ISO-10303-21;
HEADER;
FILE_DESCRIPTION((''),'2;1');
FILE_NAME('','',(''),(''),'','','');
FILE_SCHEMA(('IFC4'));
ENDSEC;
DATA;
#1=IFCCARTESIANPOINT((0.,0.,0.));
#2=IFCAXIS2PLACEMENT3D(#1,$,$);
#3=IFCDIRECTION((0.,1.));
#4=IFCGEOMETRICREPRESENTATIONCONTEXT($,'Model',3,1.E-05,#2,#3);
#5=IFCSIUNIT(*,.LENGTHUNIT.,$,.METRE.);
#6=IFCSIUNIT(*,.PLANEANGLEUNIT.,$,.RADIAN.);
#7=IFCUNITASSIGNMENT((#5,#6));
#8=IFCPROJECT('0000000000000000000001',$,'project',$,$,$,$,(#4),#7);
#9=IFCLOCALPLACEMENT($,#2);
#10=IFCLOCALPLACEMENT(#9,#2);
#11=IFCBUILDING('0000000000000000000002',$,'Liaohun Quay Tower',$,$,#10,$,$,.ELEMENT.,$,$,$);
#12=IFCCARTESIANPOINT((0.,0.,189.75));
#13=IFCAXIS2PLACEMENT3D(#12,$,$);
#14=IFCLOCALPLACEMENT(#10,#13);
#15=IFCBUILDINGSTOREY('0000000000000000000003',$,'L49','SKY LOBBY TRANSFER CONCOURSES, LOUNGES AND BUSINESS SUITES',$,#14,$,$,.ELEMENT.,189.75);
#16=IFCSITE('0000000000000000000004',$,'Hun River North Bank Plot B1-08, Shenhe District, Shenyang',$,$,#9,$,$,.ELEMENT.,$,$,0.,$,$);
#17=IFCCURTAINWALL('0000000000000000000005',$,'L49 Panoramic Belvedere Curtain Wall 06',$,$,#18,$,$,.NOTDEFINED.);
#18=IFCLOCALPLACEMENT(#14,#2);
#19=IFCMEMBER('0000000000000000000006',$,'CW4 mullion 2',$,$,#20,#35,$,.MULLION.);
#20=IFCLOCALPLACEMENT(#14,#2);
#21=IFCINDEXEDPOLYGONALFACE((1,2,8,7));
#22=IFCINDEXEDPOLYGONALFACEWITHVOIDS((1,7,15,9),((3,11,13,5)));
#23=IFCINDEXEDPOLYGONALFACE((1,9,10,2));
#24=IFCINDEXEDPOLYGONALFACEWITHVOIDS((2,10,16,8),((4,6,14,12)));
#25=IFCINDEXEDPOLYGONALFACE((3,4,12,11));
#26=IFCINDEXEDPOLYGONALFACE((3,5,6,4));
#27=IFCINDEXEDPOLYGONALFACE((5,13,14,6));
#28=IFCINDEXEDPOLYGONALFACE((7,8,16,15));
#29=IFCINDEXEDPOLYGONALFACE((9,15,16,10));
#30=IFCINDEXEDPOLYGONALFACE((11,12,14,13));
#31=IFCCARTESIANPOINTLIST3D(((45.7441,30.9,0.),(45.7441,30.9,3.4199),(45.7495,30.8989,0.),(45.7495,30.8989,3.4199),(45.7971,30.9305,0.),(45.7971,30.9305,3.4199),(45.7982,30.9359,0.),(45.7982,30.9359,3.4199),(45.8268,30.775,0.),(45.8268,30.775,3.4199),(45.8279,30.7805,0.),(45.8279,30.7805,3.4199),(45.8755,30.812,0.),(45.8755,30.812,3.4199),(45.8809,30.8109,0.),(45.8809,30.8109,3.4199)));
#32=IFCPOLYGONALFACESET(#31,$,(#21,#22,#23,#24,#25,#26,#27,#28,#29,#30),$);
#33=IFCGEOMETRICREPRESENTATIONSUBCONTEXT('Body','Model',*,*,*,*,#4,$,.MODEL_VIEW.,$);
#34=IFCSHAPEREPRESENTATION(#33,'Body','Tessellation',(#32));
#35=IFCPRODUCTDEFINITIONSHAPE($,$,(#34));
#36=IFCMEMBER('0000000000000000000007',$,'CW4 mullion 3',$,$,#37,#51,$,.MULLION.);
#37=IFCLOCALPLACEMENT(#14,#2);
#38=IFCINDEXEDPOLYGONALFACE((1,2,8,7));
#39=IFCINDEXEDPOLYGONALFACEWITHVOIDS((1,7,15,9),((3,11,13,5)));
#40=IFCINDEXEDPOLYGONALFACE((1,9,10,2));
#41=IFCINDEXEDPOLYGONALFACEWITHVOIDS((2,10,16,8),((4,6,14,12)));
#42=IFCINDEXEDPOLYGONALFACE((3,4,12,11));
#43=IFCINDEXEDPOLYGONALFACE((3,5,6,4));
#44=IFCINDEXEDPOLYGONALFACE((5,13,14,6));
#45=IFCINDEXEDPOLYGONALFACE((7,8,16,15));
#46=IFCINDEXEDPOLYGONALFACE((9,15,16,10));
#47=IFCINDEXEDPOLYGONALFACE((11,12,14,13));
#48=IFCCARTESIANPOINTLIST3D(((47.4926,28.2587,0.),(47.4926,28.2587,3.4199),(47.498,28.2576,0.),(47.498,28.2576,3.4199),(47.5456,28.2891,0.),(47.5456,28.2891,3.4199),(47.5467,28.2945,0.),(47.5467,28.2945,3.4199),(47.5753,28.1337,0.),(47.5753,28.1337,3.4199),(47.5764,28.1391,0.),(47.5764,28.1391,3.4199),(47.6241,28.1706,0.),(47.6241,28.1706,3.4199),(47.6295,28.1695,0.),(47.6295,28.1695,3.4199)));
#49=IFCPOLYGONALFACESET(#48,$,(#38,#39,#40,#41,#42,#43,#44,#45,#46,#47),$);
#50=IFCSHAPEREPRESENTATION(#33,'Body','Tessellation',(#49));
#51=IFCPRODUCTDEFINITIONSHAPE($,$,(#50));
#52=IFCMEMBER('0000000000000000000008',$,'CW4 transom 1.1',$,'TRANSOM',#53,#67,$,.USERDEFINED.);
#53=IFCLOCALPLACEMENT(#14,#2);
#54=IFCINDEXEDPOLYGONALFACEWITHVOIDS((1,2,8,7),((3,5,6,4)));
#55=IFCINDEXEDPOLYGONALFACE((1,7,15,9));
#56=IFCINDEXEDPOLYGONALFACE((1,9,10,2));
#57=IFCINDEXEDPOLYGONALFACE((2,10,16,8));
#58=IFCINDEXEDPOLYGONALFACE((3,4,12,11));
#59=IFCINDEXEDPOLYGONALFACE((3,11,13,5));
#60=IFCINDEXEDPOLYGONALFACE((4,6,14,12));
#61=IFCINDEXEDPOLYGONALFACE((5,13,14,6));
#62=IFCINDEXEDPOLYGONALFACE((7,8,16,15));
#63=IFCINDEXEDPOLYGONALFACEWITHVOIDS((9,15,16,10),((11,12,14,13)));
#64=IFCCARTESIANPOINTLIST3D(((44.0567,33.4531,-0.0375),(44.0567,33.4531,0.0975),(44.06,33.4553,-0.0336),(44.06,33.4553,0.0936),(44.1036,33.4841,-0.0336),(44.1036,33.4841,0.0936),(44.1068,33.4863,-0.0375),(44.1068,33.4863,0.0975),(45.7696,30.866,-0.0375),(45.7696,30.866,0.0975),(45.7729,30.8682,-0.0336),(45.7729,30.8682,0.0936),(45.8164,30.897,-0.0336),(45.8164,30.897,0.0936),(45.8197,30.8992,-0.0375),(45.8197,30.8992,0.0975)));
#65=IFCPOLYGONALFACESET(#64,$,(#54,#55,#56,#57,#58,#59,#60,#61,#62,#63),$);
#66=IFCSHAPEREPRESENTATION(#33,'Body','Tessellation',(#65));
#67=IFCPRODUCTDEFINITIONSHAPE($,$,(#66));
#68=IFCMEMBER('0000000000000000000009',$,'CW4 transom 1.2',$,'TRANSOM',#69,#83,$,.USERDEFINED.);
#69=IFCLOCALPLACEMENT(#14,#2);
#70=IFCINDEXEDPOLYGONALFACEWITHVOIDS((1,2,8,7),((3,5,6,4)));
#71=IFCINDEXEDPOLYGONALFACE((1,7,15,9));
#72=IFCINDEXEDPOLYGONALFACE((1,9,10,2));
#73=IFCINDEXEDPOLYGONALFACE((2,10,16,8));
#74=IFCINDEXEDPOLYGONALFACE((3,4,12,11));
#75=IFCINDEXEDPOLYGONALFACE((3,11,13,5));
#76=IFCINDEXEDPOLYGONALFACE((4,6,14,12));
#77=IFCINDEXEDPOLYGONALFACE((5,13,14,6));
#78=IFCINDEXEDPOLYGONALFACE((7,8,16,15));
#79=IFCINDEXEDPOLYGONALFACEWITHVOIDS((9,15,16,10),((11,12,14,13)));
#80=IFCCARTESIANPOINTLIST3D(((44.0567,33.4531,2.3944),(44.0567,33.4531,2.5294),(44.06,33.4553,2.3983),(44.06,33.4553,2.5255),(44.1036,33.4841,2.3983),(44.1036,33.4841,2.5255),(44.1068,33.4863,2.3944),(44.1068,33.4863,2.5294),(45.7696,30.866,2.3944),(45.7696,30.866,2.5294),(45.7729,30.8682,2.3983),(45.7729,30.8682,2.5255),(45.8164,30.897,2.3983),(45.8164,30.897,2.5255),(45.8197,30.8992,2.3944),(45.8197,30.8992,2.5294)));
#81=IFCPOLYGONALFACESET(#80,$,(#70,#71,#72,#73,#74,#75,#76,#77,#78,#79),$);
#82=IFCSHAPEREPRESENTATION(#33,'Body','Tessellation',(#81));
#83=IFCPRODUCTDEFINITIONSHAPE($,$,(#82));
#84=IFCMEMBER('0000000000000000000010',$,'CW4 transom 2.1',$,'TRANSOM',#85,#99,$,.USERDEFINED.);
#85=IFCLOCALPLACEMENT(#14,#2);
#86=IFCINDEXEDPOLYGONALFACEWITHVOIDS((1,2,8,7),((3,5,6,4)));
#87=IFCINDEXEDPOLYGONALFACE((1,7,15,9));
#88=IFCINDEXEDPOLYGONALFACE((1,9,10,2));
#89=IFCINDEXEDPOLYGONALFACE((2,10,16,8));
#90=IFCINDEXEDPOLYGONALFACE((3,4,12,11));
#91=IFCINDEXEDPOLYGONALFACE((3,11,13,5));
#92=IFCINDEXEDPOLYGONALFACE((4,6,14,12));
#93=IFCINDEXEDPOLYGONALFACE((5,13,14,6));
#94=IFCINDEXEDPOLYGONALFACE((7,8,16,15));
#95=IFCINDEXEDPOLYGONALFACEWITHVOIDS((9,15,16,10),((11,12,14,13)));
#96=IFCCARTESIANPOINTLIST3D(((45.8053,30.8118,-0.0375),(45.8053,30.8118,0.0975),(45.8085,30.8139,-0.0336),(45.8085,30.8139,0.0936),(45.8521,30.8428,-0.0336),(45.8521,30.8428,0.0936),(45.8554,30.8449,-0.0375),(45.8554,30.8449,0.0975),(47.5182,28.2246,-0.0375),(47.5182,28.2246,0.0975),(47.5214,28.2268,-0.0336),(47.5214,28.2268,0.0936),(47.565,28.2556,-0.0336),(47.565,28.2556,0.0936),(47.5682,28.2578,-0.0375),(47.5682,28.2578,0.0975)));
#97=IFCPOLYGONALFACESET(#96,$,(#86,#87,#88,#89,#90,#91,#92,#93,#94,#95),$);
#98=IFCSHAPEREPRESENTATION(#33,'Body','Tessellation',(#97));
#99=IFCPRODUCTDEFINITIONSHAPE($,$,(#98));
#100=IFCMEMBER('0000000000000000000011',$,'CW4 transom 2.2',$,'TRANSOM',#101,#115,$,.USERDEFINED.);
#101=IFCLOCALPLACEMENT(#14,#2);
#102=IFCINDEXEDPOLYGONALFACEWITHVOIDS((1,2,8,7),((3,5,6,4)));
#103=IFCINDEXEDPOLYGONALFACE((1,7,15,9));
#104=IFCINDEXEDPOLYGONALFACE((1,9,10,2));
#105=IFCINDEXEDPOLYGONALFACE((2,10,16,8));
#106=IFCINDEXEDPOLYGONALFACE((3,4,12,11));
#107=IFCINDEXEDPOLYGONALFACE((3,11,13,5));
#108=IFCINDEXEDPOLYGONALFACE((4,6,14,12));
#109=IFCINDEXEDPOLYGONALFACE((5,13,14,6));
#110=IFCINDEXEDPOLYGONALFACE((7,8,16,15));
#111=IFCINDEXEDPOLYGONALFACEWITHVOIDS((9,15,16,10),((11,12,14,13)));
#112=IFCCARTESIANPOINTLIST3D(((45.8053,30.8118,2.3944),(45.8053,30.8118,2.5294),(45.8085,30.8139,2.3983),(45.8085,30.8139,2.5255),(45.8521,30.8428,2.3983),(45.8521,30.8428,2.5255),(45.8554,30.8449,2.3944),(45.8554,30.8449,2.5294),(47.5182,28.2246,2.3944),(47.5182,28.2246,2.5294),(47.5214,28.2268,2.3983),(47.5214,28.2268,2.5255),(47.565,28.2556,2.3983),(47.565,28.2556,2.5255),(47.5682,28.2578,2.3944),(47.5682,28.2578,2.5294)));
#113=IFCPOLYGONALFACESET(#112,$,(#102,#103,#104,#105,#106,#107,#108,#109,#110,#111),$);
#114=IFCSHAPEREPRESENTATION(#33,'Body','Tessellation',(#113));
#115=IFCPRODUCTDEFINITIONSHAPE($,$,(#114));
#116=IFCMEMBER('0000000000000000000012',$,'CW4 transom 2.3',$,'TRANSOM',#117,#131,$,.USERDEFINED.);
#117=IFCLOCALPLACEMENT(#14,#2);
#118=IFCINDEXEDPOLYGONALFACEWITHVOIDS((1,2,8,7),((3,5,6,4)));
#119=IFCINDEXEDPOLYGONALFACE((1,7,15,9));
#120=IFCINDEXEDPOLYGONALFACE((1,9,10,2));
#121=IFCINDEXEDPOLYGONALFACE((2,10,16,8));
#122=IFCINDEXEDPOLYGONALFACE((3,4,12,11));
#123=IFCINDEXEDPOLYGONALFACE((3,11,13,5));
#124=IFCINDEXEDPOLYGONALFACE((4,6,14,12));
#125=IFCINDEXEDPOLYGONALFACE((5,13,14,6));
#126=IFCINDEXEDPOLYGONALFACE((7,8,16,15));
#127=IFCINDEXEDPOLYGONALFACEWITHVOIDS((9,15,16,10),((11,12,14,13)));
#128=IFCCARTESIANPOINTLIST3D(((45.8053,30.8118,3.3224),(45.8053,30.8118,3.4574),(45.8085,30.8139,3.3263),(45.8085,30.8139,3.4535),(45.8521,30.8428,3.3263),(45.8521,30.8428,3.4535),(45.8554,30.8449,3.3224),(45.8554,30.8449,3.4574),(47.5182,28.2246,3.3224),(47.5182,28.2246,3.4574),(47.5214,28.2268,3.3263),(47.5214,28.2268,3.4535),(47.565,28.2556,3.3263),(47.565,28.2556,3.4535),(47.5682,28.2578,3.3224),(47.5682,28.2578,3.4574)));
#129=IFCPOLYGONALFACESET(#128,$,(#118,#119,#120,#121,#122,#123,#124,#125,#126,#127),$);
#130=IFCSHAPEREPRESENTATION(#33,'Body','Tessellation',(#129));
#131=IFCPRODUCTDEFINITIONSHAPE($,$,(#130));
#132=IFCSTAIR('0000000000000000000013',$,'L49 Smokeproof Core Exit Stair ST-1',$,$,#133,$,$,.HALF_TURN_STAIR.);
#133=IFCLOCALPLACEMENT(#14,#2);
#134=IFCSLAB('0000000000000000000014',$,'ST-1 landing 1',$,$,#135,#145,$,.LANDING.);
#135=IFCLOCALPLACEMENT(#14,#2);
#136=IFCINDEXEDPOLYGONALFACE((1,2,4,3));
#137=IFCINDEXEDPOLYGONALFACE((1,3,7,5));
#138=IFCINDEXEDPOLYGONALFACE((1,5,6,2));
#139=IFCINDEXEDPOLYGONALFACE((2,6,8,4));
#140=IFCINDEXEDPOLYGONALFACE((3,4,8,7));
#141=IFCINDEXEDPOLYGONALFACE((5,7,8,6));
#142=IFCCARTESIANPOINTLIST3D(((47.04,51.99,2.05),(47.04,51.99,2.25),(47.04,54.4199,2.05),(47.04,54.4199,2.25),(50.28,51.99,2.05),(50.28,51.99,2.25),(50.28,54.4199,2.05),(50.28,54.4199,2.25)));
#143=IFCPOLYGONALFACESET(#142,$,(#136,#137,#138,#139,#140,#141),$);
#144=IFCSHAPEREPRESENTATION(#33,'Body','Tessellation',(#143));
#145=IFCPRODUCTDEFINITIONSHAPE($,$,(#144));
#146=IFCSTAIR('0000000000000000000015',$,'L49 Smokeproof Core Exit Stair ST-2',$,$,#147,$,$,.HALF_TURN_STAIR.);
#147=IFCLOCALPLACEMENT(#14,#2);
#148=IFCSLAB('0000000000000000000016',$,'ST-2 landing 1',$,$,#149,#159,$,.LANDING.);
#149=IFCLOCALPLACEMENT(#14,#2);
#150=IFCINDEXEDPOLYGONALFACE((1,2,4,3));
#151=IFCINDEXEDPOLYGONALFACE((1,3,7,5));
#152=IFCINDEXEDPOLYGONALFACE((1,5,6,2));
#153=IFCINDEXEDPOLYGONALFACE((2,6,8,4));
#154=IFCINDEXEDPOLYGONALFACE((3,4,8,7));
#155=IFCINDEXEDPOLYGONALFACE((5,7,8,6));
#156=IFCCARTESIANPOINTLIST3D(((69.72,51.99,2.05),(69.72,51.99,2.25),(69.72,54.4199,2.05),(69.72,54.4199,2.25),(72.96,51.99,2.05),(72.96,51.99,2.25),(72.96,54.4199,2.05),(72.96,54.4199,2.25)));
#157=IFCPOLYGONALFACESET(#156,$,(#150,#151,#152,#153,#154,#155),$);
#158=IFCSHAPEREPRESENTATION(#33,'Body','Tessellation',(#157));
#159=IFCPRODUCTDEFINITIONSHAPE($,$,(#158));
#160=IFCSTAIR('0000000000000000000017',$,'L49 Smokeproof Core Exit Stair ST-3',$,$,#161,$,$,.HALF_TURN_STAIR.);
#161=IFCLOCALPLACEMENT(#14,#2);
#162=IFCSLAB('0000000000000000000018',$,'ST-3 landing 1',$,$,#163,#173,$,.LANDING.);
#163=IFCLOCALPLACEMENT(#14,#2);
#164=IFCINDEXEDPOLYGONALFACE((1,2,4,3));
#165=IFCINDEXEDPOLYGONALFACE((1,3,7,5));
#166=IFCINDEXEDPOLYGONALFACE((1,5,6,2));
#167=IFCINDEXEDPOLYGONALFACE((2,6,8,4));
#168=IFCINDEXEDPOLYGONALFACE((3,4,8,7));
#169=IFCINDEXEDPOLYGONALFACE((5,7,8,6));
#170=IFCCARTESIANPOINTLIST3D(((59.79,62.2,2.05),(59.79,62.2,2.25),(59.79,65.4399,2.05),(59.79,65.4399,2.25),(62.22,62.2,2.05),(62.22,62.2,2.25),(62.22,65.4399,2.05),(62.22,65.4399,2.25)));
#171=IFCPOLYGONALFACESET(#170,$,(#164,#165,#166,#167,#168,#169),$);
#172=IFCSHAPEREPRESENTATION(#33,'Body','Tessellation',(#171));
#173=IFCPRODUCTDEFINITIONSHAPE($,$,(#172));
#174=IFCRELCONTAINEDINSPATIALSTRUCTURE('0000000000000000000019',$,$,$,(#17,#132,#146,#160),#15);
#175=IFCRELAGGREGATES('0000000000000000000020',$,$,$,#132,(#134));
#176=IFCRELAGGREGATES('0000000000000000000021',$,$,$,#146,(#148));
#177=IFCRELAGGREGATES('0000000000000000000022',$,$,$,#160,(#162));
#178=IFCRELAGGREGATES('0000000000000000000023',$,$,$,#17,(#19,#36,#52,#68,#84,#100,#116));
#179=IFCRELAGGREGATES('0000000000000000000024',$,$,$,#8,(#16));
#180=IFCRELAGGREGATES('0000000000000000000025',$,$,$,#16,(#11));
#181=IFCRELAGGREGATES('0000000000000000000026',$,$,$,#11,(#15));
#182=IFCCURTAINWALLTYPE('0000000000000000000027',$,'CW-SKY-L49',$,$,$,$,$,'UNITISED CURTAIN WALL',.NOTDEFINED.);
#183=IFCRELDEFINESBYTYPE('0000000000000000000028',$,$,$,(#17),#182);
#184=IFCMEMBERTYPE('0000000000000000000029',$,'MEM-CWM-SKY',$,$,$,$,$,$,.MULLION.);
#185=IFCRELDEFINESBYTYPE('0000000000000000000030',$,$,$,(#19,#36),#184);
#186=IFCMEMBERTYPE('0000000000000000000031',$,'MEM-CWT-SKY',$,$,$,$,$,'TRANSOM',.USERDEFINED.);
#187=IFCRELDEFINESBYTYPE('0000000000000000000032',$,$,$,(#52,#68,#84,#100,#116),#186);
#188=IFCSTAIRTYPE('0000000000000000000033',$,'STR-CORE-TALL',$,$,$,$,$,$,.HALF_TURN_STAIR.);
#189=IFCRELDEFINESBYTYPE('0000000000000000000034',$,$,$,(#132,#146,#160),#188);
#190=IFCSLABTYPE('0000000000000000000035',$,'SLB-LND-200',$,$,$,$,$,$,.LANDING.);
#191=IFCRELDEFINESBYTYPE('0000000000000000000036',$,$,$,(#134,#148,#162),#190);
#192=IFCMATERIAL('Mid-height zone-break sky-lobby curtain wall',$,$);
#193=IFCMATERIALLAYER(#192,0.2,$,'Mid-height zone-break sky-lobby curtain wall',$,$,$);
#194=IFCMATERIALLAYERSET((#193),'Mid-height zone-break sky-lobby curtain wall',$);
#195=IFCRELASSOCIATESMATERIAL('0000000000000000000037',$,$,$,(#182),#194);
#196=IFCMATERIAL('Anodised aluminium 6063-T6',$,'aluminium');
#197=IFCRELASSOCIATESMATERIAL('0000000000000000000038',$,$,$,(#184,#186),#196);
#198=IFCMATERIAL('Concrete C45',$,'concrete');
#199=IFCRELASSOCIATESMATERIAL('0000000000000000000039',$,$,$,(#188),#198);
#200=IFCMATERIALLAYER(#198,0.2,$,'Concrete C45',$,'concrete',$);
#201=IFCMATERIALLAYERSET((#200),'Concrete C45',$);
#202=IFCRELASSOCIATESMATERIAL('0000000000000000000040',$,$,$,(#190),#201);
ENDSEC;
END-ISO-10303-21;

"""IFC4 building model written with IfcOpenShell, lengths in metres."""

from ifc_helpers import new_model, si_unit, direction, frame, origin, origin_2d, place, context, subcontext, project, spatial, polyline, hollow_rectangle, outline, extrude, source, transform, mapped, material, layer, layer_set, material_profile, profile_set, type_object, element, aggregate, save


model = new_model("IFC4")

# Units and contexts
model_context = context("Model", 3, precision=1e-05, world=origin(), true_north=direction((0.0, 1.0)))
body_context = subcontext(model_context, "Body", "Model", "MODEL_VIEW")
ifc_project = project(units=[si_unit("LENGTHUNIT", "METRE"), si_unit("PLANEANGLEUNIT", "RADIAN")], contexts=[model_context])

# Site, building, storey
site_placement = place(None, origin())
site = spatial("IfcSite", under=ifc_project, at=site_placement, Name="Hun River North Bank Plot B1-08, Shenhe District, Shenyang", CompositionType="ELEMENT", RefElevation=0.0)
building_placement = place(site_placement, origin())
building = spatial("IfcBuilding", under=site, at=building_placement, Name="Liaohun Quay Tower", CompositionType="ELEMENT")
storey_placement = place(building_placement, frame((0.0, 0.0, 189.75)))
storey = spatial("IfcBuildingStorey", under=building, at=storey_placement, Name="L49", Description="SKY LOBBY TRANSFER CONCOURSES, LOUNGES AND BUSINESS SUITES", CompositionType="ELEMENT", Elevation=189.75)

# Curtain wall, members
ifc_material_1 = material(Name="Mid-height zone-break sky-lobby curtain wall")
ifc_layer_1 = layer(ifc_material_1, 0.2, Name="Mid-height zone-break sky-lobby curtain wall")
ifc_layer_set_1 = layer_set([ifc_layer_1], Name="Mid-height zone-break sky-lobby curtain wall")
curtain_wall_type = type_object("IfcCurtainWallType", Name="CW-SKY-L49", ElementType="UNITISED CURTAIN WALL", PredefinedType="NOTDEFINED", material=ifc_layer_set_1)
curtain_wall_placement = place(storey_placement, origin())
curtain_wall = element("IfcCurtainWall", 1, at=curtain_wall_placement, inside=storey, type_object=curtain_wall_type, Name="L49 Panoramic Belvedere Curtain Wall 06", PredefinedType="NOTDEFINED")
ifc_material_2 = material(Name="Anodised aluminium 6063-T6", Category="aluminium")
ifc_material_profile_1 = material_profile(ifc_material_2, hollow_rectangle(XDim=0.0649, YDim=0.1499, WallThickness=0.0039, at=origin_2d()), Name="RHS150x65x4")
ifc_profile_set_1 = profile_set([ifc_material_profile_1], Name="Anodised aluminium 6063-T6")
member_type_1 = type_object("IfcMemberType", Name="MEM-CWM-SKY", PredefinedType="MULLION", material=ifc_profile_set_1)
shared_shape_1 = source(origin(), body_context, "Body", "SweptSolid", [
    extrude(hollow_rectangle(XDim=0.0649, YDim=0.1499, WallThickness=0.0039, at=origin_2d()), origin(), (0.0, 0.0, 1.0), 3.4199),
])
member_1_placement = place(storey_placement, frame((45.8125, 30.8555, 0.0), z_axis=(0.0, 0.0, 1.0), x_axis=(0.833849, 0.551993, 0.0)))
member_1 = element("IfcMember", 2, at=member_1_placement, type_object=member_type_1, Name="CW4 mullion 2", PredefinedType="MULLION", context=body_context, shape_type="MappedRepresentation", body=[
    mapped(shared_shape_1, transform((0.0, 0.0, 0.0), x_axis=(1.0, 0.0, 0.0), y_axis=(0.0, 1.0, 0.0), z_axis=(0.0, 0.0, 1.0), scale=1.0)),
])
member_2_placement = place(storey_placement, frame((47.561, 28.2141, 0.0), z_axis=(0.0, 0.0, 1.0), x_axis=(0.833849, 0.551993, 0.0)))
member_2 = element("IfcMember", 3, at=member_2_placement, type_object=member_type_1, Name="CW4 mullion 3", PredefinedType="MULLION", context=body_context, shape_type="MappedRepresentation", body=[
    mapped(shared_shape_1, transform((0.0, 0.0, 0.0), x_axis=(1.0, 0.0, 0.0), y_axis=(0.0, 1.0, 0.0), z_axis=(0.0, 0.0, 1.0), scale=1.0)),
])
ifc_material_profile_2 = material_profile(ifc_material_2, hollow_rectangle(XDim=0.0601, YDim=0.135, WallThickness=0.0039, at=origin_2d()), Name="RHS135x60x4")
ifc_profile_set_2 = profile_set([ifc_material_profile_2], Name="Anodised aluminium 6063-T6")
member_type_2 = type_object("IfcMemberType", Name="MEM-CWT-SKY", ElementType="TRANSOM", PredefinedType="USERDEFINED", material=ifc_profile_set_2)
shared_shape_2 = source(origin(), body_context, "Body", "SweptSolid", [
    extrude(hollow_rectangle(XDim=0.0601, YDim=0.135, WallThickness=0.0039, at=origin_2d()), origin(), (0.0, 0.0, 1.0), 3.1028),
])
member_3_placement = place(storey_placement, frame((44.0818, 33.4697, 0.03), z_axis=(0.552046, -0.833813, 0.0), x_axis=(0.833813, 0.552046, 0.0)))
member_3 = element("IfcMember", 4, at=member_3_placement, type_object=member_type_2, Name="CW4 transom 1.1", ObjectType="TRANSOM", PredefinedType="USERDEFINED", context=body_context, shape_type="MappedRepresentation", body=[
    mapped(shared_shape_2, transform((0.0, 0.0, 0.0), x_axis=(1.0, 0.0, 0.0), y_axis=(0.0, 1.0, 0.0), z_axis=(0.0, 0.0, 1.0), scale=1.0)),
])
member_4_placement = place(storey_placement, frame((44.0818, 33.4697, 2.4619), z_axis=(0.552046, -0.833813, 0.0), x_axis=(0.833813, 0.552046, 0.0)))
member_4 = element("IfcMember", 5, at=member_4_placement, type_object=member_type_2, Name="CW4 transom 1.2", ObjectType="TRANSOM", PredefinedType="USERDEFINED", context=body_context, shape_type="MappedRepresentation", body=[
    mapped(shared_shape_2, transform((0.0, 0.0, 0.0), x_axis=(1.0, 0.0, 0.0), y_axis=(0.0, 1.0, 0.0), z_axis=(0.0, 0.0, 1.0), scale=1.0)),
])
member_5_placement = place(storey_placement, frame((45.8303, 30.8284, 0.03), z_axis=(0.552046, -0.833813, 0.0), x_axis=(0.833813, 0.552046, 0.0)))
member_5 = element("IfcMember", 6, at=member_5_placement, type_object=member_type_2, Name="CW4 transom 2.1", ObjectType="TRANSOM", PredefinedType="USERDEFINED", context=body_context, shape_type="MappedRepresentation", body=[
    mapped(shared_shape_2, transform((0.0, 0.0, 0.0), x_axis=(1.0, 0.0, 0.0), y_axis=(0.0, 1.0, 0.0), z_axis=(0.0, 0.0, 1.0), scale=1.0)),
])
member_6_placement = place(storey_placement, frame((45.8303, 30.8284, 2.4619), z_axis=(0.552046, -0.833813, 0.0), x_axis=(0.833813, 0.552046, 0.0)))
member_6 = element("IfcMember", 7, at=member_6_placement, type_object=member_type_2, Name="CW4 transom 2.2", ObjectType="TRANSOM", PredefinedType="USERDEFINED", context=body_context, shape_type="MappedRepresentation", body=[
    mapped(shared_shape_2, transform((0.0, 0.0, 0.0), x_axis=(1.0, 0.0, 0.0), y_axis=(0.0, 1.0, 0.0), z_axis=(0.0, 0.0, 1.0), scale=1.0)),
])
member_7_placement = place(storey_placement, frame((45.8303, 30.8284, 3.3899), z_axis=(0.552046, -0.833813, 0.0), x_axis=(0.833813, 0.552046, 0.0)))
member_7 = element("IfcMember", 8, at=member_7_placement, type_object=member_type_2, Name="CW4 transom 2.3", ObjectType="TRANSOM", PredefinedType="USERDEFINED", context=body_context, shape_type="MappedRepresentation", body=[
    mapped(shared_shape_2, transform((0.0, 0.0, 0.0), x_axis=(1.0, 0.0, 0.0), y_axis=(0.0, 1.0, 0.0), z_axis=(0.0, 0.0, 1.0), scale=1.0)),
])

# Stairs, slabs
ifc_material_3 = material(Name="Concrete C45", Category="concrete")
stair_type = type_object("IfcStairType", Name="STR-CORE-TALL", PredefinedType="HALF_TURN_STAIR", material=ifc_material_3)
stair_1_placement = place(storey_placement, origin())
stair_1 = element("IfcStair", 9, at=stair_1_placement, inside=storey, type_object=stair_type, Name="L49 Smokeproof Core Exit Stair ST-1", PredefinedType="HALF_TURN_STAIR")
ifc_layer_2 = layer(ifc_material_3, 0.2, Name="Concrete C45", Category="concrete")
ifc_layer_set_2 = layer_set([ifc_layer_2], Name="Concrete C45")
slab_type_1 = type_object("IfcSlabType", Name="SLB-LND-200", PredefinedType="LANDING", material=ifc_layer_set_2)
slab_1_placement = place(storey_placement, frame((0.0, 0.0, 2.05)))
slab_1 = element("IfcSlab", 10, at=slab_1_placement, type_object=slab_type_1, Name="ST-1 landing 1", PredefinedType="LANDING", context=body_context, shape_type="SweptSolid", body=[
    extrude(outline(polyline([(50.28, 51.99), (50.28, 54.4199), (47.04, 54.4199), (47.04, 51.99), (50.28, 51.99)])), origin(), (0.0, 0.0, 1.0), 0.2),
])
aggregate(stair_1, [slab_1])
stair_2_placement = place(storey_placement, origin())
stair_2 = element("IfcStair", 11, at=stair_2_placement, inside=storey, type_object=stair_type, Name="L49 Smokeproof Core Exit Stair ST-2", PredefinedType="HALF_TURN_STAIR")
slab_2_placement = place(storey_placement, frame((0.0, 0.0, 2.05)))
slab_2 = element("IfcSlab", 12, at=slab_2_placement, type_object=slab_type_1, Name="ST-2 landing 1", PredefinedType="LANDING", context=body_context, shape_type="SweptSolid", body=[
    extrude(outline(polyline([(72.96, 51.99), (72.96, 54.4199), (69.72, 54.4199), (69.72, 51.99), (72.96, 51.99)])), origin(), (0.0, 0.0, 1.0), 0.2),
])
aggregate(stair_2, [slab_2])
stair_3_placement = place(storey_placement, origin())
stair_3 = element("IfcStair", 13, at=stair_3_placement, inside=storey, type_object=stair_type, Name="L49 Smokeproof Core Exit Stair ST-3", PredefinedType="HALF_TURN_STAIR")
slab_3_placement = place(storey_placement, frame((0.0, 0.0, 2.05)))
slab_3 = element("IfcSlab", 14, at=slab_3_placement, type_object=slab_type_1, Name="ST-3 landing 1", PredefinedType="LANDING", context=body_context, shape_type="SweptSolid", body=[
    extrude(outline(polyline([(59.79, 62.2), (62.22, 62.2), (62.22, 65.4399), (59.79, 65.4399), (59.79, 62.2)])), origin(), (0.0, 0.0, 1.0), 0.2),
])
aggregate(stair_3, [slab_3])

aggregate(curtain_wall, [member_1, member_2, member_3, member_4, member_5, member_6, member_7])

save(model, "model.ifc")
